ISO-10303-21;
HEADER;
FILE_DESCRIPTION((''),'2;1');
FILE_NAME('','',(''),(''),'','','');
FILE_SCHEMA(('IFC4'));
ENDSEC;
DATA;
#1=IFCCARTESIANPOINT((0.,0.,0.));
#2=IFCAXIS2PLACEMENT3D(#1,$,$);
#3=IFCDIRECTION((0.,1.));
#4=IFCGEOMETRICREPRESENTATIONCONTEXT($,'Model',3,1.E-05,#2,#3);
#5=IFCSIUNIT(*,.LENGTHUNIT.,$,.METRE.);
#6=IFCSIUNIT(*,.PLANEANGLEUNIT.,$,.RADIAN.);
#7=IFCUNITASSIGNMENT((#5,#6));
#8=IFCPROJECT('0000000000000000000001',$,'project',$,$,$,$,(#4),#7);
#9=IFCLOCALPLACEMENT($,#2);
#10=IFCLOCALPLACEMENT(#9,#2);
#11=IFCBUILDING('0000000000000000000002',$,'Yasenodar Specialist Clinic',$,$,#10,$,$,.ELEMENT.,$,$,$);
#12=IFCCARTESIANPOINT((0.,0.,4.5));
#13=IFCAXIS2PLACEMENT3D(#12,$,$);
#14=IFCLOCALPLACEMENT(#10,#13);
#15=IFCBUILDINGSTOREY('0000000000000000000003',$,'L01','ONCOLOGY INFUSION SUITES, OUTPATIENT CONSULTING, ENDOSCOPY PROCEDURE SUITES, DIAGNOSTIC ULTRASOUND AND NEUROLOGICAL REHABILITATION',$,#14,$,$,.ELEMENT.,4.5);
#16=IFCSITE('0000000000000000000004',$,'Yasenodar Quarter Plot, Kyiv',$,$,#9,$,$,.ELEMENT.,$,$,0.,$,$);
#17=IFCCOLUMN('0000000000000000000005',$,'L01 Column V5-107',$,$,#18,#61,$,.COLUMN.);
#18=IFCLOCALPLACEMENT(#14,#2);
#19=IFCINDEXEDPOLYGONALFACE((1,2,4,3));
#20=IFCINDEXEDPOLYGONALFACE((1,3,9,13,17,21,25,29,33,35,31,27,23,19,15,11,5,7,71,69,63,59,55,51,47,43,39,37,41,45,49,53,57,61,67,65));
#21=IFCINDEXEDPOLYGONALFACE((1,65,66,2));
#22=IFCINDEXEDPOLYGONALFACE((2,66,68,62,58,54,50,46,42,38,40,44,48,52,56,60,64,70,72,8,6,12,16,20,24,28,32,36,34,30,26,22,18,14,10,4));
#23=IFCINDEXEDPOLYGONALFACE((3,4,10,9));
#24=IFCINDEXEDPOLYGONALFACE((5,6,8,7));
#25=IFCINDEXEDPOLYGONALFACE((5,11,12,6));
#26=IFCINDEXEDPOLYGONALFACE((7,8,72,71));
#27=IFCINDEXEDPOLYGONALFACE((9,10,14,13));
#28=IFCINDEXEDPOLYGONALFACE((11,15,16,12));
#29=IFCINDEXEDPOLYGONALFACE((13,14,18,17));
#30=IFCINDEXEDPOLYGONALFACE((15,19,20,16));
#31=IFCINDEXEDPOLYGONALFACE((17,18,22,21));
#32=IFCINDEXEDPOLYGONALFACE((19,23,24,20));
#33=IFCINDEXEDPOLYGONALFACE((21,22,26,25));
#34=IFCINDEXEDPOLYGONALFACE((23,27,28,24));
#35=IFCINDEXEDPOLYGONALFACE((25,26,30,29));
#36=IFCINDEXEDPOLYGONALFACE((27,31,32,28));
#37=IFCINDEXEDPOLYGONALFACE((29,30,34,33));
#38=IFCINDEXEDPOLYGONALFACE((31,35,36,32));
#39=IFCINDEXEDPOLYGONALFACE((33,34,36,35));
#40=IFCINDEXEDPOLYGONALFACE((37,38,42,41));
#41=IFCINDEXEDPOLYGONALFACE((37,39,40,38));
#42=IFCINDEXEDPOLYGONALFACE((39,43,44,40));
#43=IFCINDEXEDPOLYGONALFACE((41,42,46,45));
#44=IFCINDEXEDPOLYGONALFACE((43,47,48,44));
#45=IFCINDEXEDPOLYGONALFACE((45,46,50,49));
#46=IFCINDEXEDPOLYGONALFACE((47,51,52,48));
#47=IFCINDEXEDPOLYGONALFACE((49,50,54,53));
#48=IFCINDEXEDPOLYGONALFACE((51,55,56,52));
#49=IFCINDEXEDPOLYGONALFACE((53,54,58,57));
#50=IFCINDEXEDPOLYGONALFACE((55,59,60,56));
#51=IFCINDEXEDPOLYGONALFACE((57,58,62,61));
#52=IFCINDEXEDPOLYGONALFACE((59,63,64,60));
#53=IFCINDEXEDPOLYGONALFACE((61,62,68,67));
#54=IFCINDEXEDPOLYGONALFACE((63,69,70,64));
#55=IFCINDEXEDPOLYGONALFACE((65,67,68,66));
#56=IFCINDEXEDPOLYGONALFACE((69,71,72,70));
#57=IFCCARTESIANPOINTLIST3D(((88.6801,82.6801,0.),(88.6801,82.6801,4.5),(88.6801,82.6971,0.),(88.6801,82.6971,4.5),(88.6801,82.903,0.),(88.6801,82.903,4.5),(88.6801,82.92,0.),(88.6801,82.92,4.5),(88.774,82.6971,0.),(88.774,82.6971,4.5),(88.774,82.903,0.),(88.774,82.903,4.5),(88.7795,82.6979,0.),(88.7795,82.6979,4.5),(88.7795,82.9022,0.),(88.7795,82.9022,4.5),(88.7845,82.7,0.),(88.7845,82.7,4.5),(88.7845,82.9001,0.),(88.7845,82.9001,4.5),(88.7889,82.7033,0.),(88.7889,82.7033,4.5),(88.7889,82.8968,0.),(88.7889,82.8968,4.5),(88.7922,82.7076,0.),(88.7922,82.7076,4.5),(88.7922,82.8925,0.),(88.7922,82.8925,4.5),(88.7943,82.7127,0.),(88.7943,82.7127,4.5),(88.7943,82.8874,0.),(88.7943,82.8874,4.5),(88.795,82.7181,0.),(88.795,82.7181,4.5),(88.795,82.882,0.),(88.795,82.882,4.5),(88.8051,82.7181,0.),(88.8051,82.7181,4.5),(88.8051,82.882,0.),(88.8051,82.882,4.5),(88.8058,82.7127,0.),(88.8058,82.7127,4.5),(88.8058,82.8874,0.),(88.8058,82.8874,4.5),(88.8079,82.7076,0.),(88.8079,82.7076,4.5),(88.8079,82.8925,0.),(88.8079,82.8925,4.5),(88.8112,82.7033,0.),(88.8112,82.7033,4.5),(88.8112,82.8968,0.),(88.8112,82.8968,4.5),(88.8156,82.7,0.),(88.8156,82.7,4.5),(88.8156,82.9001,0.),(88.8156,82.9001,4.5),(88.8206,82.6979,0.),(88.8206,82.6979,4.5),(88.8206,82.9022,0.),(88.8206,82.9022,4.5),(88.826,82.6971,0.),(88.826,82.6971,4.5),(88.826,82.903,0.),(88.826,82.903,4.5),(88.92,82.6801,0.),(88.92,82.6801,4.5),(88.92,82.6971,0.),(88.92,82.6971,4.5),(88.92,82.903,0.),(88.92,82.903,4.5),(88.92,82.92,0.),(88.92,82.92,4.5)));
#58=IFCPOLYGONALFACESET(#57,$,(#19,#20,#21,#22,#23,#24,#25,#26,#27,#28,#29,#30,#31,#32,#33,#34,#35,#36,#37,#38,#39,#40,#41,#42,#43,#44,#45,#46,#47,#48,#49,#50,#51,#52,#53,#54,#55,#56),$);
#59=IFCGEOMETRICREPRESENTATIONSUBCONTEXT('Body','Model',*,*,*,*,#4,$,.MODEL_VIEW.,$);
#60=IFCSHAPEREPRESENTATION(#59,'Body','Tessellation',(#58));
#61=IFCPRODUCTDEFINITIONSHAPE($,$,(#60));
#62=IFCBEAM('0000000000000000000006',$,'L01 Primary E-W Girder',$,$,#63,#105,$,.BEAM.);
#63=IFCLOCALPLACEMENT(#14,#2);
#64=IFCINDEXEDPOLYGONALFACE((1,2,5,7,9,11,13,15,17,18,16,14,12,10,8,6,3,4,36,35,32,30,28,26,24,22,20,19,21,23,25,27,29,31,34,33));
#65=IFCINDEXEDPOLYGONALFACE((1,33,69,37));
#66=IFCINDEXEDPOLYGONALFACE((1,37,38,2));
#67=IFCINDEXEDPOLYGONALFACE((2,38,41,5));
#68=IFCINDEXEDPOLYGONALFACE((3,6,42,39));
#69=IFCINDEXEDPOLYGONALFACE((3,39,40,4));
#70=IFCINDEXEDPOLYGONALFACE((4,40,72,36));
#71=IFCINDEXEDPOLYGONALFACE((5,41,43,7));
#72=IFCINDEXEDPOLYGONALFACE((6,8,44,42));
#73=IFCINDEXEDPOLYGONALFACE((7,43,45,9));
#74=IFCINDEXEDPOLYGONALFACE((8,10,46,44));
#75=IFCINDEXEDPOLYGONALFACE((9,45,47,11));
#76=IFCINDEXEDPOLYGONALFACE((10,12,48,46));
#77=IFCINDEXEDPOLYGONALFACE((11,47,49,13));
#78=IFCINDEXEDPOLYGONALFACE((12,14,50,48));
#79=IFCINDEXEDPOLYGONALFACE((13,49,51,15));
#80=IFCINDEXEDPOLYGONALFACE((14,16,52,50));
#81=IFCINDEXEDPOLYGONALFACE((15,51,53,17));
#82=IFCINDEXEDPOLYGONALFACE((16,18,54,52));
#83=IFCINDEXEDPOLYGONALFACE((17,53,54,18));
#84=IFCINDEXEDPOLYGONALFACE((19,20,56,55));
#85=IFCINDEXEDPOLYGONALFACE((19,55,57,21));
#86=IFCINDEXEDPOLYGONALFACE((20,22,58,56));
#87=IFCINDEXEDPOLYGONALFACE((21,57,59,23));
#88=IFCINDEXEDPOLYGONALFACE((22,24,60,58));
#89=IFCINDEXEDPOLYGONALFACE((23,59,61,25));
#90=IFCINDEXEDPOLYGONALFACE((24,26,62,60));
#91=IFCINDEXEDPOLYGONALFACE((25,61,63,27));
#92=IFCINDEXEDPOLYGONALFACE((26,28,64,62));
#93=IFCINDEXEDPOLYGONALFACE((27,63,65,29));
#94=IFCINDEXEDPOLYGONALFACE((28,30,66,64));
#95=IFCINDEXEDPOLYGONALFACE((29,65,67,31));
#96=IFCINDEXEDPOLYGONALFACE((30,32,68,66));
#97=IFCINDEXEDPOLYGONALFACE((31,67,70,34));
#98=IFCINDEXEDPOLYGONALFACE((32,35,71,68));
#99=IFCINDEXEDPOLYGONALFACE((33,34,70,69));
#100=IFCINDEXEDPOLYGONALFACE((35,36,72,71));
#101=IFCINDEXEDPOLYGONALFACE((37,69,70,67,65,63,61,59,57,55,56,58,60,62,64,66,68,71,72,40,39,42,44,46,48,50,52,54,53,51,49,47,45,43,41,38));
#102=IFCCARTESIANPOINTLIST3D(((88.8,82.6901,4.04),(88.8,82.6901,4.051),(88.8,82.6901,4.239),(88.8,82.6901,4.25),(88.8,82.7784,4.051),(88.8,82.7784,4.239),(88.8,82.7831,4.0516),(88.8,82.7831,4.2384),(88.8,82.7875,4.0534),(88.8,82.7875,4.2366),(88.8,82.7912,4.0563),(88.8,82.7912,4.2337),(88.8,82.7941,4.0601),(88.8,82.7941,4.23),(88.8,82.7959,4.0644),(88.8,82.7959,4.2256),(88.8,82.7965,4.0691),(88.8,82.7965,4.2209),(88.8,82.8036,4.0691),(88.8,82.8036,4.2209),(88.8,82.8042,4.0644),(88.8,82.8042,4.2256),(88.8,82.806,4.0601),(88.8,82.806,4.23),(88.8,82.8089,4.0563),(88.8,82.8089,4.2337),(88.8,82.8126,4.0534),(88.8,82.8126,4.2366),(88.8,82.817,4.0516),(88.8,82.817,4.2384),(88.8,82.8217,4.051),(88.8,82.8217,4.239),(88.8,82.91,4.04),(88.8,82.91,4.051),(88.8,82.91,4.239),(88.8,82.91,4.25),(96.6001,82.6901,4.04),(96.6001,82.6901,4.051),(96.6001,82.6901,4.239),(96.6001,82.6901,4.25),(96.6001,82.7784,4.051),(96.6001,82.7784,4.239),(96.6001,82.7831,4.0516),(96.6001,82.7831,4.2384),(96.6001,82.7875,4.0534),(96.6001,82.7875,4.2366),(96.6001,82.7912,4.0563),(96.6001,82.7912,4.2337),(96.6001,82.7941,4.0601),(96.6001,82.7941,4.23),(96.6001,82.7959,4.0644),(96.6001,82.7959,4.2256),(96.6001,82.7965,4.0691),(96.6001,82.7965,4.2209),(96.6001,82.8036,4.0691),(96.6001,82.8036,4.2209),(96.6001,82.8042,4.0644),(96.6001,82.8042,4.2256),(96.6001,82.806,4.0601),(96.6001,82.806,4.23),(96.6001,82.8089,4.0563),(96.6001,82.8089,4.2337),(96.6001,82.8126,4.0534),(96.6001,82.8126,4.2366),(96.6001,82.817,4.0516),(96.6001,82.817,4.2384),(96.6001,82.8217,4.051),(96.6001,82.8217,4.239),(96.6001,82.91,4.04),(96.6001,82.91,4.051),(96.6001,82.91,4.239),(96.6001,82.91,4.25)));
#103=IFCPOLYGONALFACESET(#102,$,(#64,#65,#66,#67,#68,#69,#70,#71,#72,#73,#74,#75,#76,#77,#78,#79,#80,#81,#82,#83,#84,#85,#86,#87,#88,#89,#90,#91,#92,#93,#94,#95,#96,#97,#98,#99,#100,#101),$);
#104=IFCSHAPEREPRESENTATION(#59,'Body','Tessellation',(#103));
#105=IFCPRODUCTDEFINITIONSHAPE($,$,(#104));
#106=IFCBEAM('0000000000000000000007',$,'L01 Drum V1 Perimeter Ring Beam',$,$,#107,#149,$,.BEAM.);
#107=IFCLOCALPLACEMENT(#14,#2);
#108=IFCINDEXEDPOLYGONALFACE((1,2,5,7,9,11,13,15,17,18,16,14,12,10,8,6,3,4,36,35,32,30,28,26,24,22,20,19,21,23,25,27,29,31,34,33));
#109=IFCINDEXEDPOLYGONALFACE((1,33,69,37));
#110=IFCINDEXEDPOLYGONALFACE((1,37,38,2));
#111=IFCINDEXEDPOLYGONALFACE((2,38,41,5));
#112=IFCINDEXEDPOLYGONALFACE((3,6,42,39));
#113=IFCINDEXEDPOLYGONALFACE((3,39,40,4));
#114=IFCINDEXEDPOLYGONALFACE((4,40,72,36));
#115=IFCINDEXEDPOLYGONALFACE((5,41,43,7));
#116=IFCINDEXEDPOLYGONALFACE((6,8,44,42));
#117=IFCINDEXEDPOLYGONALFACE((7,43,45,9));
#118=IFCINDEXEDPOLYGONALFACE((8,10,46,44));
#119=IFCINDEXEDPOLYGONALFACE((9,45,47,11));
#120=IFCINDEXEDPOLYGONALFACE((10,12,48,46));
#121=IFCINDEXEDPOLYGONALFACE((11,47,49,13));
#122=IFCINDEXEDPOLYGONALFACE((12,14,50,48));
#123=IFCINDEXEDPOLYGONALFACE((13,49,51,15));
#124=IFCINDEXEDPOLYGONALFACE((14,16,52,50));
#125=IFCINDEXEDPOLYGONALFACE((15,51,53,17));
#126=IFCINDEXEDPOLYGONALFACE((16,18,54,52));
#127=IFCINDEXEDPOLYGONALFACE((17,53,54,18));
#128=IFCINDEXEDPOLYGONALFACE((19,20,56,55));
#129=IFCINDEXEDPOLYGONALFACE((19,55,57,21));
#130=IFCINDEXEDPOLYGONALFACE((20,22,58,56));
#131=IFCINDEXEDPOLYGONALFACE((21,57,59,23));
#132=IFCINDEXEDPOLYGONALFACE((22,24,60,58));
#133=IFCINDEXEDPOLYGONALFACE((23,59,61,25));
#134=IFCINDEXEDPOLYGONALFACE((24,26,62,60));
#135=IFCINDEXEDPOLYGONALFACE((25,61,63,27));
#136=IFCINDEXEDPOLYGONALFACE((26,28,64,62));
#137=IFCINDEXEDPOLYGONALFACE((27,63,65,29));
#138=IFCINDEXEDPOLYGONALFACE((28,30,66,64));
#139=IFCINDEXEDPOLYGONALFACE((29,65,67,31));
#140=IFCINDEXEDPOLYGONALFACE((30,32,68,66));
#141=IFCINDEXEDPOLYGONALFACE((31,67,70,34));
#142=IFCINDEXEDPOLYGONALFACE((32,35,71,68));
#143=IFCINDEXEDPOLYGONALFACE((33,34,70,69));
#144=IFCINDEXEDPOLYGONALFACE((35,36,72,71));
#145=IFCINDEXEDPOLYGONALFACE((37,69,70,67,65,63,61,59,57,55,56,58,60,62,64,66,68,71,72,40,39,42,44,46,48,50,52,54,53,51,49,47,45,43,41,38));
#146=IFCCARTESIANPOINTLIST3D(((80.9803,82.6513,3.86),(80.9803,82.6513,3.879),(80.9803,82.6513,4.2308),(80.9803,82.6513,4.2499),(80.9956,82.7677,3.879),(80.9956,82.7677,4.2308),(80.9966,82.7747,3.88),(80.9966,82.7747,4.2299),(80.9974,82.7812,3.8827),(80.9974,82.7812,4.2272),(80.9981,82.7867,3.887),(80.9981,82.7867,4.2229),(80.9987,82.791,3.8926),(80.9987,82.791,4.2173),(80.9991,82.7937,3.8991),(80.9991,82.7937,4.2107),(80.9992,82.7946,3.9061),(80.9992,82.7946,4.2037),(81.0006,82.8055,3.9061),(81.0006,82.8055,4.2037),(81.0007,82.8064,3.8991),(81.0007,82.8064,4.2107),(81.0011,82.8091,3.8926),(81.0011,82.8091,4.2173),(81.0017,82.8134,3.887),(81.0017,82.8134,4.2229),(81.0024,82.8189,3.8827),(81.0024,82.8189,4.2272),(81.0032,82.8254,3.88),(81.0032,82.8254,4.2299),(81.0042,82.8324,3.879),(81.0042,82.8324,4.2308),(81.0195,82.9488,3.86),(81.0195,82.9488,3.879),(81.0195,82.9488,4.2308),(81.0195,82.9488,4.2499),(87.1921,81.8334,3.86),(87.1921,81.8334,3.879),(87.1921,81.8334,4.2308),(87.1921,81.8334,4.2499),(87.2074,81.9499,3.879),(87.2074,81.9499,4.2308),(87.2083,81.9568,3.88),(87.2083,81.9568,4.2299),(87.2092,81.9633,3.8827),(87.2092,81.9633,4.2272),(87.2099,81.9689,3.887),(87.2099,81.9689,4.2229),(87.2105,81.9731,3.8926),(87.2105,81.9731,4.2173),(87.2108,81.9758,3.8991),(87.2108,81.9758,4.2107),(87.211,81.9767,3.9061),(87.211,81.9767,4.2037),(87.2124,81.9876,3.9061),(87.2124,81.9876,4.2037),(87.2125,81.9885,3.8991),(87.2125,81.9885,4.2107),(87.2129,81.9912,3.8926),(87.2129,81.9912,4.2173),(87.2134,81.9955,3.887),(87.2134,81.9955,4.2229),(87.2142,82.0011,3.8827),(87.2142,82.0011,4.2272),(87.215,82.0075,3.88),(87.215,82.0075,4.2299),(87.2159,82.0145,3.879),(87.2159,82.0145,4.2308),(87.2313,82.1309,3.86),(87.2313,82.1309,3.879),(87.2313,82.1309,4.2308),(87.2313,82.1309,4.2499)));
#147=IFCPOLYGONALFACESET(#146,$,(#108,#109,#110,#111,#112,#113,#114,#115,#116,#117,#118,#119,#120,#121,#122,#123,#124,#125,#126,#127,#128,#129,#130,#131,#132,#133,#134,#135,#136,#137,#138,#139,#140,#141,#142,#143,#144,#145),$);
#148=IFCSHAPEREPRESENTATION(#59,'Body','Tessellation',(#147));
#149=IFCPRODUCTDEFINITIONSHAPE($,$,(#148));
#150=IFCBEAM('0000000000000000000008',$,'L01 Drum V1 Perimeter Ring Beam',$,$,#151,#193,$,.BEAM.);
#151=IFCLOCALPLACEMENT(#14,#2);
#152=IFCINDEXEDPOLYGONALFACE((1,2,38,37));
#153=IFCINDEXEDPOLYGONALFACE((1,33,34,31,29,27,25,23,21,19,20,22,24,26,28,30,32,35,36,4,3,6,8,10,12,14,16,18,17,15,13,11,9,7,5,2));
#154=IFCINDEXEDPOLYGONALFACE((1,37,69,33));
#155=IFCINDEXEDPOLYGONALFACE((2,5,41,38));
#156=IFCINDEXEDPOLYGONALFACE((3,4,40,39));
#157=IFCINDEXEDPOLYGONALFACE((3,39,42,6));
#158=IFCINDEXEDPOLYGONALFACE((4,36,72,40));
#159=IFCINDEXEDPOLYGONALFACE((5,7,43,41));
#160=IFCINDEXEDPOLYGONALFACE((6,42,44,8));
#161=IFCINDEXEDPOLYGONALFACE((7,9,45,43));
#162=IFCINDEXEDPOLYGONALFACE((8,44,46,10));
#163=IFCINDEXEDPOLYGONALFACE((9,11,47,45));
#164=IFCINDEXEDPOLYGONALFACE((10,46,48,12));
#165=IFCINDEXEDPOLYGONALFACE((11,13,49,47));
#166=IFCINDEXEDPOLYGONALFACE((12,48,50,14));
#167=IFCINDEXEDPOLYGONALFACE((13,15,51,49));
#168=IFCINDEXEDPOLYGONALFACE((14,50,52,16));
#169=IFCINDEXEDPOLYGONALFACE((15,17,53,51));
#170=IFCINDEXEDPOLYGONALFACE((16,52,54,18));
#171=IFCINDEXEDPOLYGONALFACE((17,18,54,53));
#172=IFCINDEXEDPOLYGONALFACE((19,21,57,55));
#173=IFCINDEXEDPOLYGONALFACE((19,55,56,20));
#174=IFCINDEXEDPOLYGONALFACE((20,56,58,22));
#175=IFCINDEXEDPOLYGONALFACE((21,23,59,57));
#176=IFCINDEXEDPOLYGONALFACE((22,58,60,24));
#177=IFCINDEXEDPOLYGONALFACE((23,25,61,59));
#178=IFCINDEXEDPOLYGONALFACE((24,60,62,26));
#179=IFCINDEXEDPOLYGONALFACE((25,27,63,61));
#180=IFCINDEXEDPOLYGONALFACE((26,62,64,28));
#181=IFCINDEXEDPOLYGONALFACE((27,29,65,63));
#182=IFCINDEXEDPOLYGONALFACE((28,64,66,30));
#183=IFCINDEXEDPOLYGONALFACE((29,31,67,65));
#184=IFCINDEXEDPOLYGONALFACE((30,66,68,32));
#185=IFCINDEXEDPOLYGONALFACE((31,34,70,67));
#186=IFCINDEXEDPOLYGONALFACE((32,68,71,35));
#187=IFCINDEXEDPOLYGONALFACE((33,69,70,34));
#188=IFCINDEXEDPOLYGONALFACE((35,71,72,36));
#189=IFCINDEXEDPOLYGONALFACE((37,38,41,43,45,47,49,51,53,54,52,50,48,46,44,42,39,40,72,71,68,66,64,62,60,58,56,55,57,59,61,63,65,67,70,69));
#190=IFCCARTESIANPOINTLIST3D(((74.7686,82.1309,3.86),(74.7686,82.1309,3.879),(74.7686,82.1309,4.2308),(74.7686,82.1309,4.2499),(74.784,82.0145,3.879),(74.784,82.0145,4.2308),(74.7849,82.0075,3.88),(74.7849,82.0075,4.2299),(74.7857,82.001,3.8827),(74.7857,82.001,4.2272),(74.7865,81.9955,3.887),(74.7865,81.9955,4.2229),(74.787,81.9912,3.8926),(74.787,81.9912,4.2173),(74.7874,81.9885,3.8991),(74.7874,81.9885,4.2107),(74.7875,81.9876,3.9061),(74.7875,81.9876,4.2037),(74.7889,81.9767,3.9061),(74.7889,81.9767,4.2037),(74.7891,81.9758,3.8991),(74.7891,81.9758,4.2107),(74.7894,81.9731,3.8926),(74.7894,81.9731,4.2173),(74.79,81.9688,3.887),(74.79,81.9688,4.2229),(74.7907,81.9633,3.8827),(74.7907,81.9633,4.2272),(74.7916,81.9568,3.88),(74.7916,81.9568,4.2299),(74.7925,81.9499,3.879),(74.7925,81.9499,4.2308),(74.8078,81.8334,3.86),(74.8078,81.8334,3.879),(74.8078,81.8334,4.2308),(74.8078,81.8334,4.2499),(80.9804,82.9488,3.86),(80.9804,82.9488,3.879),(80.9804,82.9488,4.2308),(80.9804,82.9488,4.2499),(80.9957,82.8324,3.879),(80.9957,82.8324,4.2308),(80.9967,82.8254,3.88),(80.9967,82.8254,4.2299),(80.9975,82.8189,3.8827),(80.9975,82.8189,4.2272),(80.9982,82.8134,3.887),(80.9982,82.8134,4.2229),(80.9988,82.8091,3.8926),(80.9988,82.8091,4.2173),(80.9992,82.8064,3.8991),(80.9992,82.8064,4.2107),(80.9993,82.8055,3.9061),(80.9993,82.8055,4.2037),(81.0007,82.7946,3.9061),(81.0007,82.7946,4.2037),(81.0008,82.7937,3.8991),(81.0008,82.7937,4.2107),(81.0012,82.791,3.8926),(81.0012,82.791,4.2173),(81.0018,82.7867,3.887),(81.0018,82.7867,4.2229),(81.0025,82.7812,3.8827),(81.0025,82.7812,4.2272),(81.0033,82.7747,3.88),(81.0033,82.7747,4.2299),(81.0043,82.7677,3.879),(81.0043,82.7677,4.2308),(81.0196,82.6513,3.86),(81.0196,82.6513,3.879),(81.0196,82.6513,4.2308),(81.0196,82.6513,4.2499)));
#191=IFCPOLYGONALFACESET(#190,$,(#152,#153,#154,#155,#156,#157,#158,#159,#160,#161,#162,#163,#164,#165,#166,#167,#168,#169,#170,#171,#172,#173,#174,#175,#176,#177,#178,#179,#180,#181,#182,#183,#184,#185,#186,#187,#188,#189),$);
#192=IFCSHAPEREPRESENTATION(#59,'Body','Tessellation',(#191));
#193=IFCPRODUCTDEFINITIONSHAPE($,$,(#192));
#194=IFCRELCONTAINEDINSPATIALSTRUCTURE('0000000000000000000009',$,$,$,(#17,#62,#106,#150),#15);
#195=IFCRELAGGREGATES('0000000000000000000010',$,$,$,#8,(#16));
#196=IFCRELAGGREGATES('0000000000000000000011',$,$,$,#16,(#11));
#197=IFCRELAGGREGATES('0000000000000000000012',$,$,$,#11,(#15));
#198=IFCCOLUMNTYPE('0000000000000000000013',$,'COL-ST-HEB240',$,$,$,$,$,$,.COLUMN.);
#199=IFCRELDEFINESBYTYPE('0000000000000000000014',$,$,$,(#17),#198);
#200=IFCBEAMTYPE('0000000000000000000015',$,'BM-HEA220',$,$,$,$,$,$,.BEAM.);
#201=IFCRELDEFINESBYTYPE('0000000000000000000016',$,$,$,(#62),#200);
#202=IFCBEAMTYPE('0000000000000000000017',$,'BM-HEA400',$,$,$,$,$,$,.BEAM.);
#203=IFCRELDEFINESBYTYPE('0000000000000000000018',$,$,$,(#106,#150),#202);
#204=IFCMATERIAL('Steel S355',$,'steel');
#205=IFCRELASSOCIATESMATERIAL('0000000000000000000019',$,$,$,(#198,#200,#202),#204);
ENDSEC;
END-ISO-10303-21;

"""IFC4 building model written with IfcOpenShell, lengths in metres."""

from ifc_helpers import new_model, si_unit, direction, frame, origin, origin_2d, place, context, subcontext, project, spatial, i_section, extrude, material, material_profile, profile_set, type_object, element, save


model = new_model("IFC4")

# Units and contexts
model_context = context("Model", 3, precision=1e-05, world=origin(), true_north=direction((0.0, 1.0)))
body_context = subcontext(model_context, "Body", "Model", "MODEL_VIEW")
ifc_project = project(units=[si_unit("LENGTHUNIT", "METRE"), si_unit("PLANEANGLEUNIT", "RADIAN")], contexts=[model_context])

# Site, building, storey
site_placement = place(None, origin())
site = spatial("IfcSite", under=ifc_project, at=site_placement, Name="Yasenodar Quarter Plot, Kyiv", CompositionType="ELEMENT", RefElevation=0.0)
building_placement = place(site_placement, origin())
building = spatial("IfcBuilding", under=site, at=building_placement, Name="Yasenodar Specialist Clinic", CompositionType="ELEMENT")
storey_placement = place(building_placement, frame((0.0, 0.0, 4.5)))
storey = spatial("IfcBuildingStorey", under=building, at=storey_placement, Name="L01", Description="ONCOLOGY INFUSION SUITES, OUTPATIENT CONSULTING, ENDOSCOPY PROCEDURE SUITES, DIAGNOSTIC ULTRASOUND AND NEUROLOGICAL REHABILITATION", CompositionType="ELEMENT", Elevation=4.5)

# Column
ifc_material_1 = material(Name="Steel S355", Category="steel")
ifc_material_profile_1 = material_profile(ifc_material_1, i_section(OverallWidth=0.24, OverallDepth=0.24, WebThickness=0.01, FlangeThickness=0.0171, FilletRadius=0.021, at=origin_2d()), Name="HEB 240")
ifc_profile_set_1 = profile_set([ifc_material_profile_1], Name="Steel S355")
column_type_1 = type_object("IfcColumnType", Name="COL-ST-HEB240", PredefinedType="COLUMN", material=ifc_profile_set_1)
column_1_placement = place(storey_placement, frame((88.8, 82.8, 0.0), z_axis=(0.0, 0.0, 1.0), x_axis=(1.0, 0.0, 0.0)))
element("IfcColumn", 1, at=column_1_placement, inside=storey, type_object=column_type_1, Name="L01 Column V5-107", PredefinedType="COLUMN", context=body_context, shape_type="SweptSolid", body=[
    extrude(i_section(OverallWidth=0.24, OverallDepth=0.24, WebThickness=0.01, FlangeThickness=0.0171, FilletRadius=0.021, at=origin_2d()), origin(), (0.0, 0.0, 1.0), 4.5),
])

# Beams
ifc_material_profile_2 = material_profile(ifc_material_1, i_section(OverallWidth=0.22, OverallDepth=0.21, WebThickness=0.0071, FlangeThickness=0.011, FilletRadius=0.0181, at=origin_2d()), Name="HEA 220")
ifc_profile_set_2 = profile_set([ifc_material_profile_2], Name="Steel S355")
beam_type_1 = type_object("IfcBeamType", Name="BM-HEA220", PredefinedType="BEAM", material=ifc_profile_set_2)
beam_1_placement = place(storey_placement, frame((88.8, 82.8, 4.145), z_axis=(1.0, 0.0, 0.0), x_axis=(0.0, 1.0, 0.0)))
element("IfcBeam", 2, at=beam_1_placement, inside=storey, type_object=beam_type_1, Name="L01 Primary E-W Girder", PredefinedType="BEAM", context=body_context, shape_type="SweptSolid", body=[
    extrude(i_section(OverallWidth=0.22, OverallDepth=0.21, WebThickness=0.0071, FlangeThickness=0.011, FilletRadius=0.0181, at=origin_2d()), origin(), (0.0, 0.0, 1.0), 7.8),
])
ifc_material_profile_3 = material_profile(ifc_material_1, i_section(OverallWidth=0.3, OverallDepth=0.3899, WebThickness=0.011, FlangeThickness=0.019, FilletRadius=0.0271, at=origin_2d()), Name="HEA 400")
ifc_profile_set_3 = profile_set([ifc_material_profile_3], Name="Steel S355")
beam_type_2 = type_object("IfcBeamType", Name="BM-HEA400", PredefinedType="BEAM", material=ifc_profile_set_3)
for number, where, z_axis, x_axis, name in (
    (3, (87.2117, 81.9822, 4.0549), (-0.991443, 0.13054, 0.0), (-0.13054, -0.991443, 0.0), "L01 Drum V1 Perimeter Ring Beam"),
    (4, (81.0, 82.8, 4.0549), (-0.991443, -0.13054, 0.0), (0.13054, -0.991443, 0.0), "L01 Drum V1 Perimeter Ring Beam"),
):
    element("IfcBeam", number, at=place(storey_placement, frame(where, z_axis=z_axis, x_axis=x_axis)), inside=storey, type_object=beam_type_2, Name=name, PredefinedType="BEAM", context=body_context, shape_type="SweptSolid", body=[
        extrude(i_section(OverallWidth=0.3, OverallDepth=0.3899, WebThickness=0.011, FlangeThickness=0.019, FilletRadius=0.0271, at=origin_2d()), origin(), (0.0, 0.0, 1.0), 6.2654),
    ])

save(model, "model.ifc")
